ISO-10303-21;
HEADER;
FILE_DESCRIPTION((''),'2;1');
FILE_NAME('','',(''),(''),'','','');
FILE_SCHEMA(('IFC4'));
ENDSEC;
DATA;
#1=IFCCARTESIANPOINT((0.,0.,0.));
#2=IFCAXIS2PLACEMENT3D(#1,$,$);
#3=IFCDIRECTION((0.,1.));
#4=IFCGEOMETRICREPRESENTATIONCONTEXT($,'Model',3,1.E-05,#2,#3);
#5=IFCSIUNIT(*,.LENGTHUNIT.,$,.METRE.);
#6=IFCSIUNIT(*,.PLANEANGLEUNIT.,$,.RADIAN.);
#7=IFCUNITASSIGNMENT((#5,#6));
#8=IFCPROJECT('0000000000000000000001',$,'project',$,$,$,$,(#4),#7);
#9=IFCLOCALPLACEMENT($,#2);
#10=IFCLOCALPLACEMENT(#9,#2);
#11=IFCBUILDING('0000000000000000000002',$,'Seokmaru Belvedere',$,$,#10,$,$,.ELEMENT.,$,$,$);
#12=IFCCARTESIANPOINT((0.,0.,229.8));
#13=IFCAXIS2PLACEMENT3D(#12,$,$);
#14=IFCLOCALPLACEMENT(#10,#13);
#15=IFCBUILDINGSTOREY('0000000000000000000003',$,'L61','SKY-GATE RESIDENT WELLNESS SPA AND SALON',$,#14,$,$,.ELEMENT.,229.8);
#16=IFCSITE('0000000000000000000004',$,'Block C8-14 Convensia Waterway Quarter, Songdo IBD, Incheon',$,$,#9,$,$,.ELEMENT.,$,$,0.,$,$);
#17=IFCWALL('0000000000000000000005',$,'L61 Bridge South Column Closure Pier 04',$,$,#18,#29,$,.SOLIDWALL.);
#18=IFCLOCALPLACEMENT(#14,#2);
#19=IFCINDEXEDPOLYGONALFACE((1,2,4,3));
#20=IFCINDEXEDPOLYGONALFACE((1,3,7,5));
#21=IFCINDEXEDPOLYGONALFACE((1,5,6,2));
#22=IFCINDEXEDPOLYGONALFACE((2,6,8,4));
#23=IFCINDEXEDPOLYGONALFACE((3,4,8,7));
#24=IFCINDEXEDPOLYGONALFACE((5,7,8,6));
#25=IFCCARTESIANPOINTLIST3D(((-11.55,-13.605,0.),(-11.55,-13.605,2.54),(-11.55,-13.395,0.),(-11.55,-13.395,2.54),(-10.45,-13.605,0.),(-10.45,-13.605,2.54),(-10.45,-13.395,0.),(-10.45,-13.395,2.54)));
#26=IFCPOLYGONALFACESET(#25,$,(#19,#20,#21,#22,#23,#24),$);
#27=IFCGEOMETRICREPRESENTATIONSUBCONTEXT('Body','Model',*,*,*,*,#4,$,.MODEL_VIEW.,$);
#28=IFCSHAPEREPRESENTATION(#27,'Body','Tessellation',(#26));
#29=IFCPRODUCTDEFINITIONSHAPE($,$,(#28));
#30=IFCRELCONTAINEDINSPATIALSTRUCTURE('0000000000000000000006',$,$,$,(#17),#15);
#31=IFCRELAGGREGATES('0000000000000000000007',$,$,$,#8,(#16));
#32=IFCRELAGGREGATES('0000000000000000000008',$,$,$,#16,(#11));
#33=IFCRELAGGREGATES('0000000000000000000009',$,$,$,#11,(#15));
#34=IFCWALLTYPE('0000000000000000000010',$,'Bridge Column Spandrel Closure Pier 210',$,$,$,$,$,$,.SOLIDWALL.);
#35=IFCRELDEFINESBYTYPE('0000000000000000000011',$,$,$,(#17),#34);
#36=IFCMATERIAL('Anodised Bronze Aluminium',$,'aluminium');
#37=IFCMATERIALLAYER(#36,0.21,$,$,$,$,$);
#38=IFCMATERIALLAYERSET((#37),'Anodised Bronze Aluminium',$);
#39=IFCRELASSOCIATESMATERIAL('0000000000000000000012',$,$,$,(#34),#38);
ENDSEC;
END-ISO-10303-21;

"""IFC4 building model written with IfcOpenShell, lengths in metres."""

from ifc_helpers import new_model, si_unit, direction, frame, frame_2d, origin, place, context, subcontext, project, spatial, rectangle, extrude, material, layer, layer_set, type_object, element, save


model = new_model("IFC4")

# Units and contexts
model_context = context("Model", 3, precision=1e-05, world=origin(), true_north=direction((0.0, 1.0)))
body_context = subcontext(model_context, "Body", "Model", "MODEL_VIEW")
ifc_project = project(units=[si_unit("LENGTHUNIT", "METRE"), si_unit("PLANEANGLEUNIT", "RADIAN")], contexts=[model_context])

# Site, building, storey
site_placement = place(None, origin())
site = spatial("IfcSite", under=ifc_project, at=site_placement, Name="Block C8-14 Convensia Waterway Quarter, Songdo IBD, Incheon", CompositionType="ELEMENT", RefElevation=0.0)
building_placement = place(site_placement, origin())
building = spatial("IfcBuilding", under=site, at=building_placement, Name="Seokmaru Belvedere", CompositionType="ELEMENT")
storey_placement = place(building_placement, frame((0.0, 0.0, 229.8)))
storey = spatial("IfcBuildingStorey", under=building, at=storey_placement, Name="L61", Description="SKY-GATE RESIDENT WELLNESS SPA AND SALON", CompositionType="ELEMENT", Elevation=229.8)

# Shared definitions
ifc_material_1 = material(Name="Anodised Bronze Aluminium", Category="aluminium")

# Wall
ifc_layer_1 = layer(ifc_material_1, 0.21)
ifc_layer_set_1 = layer_set([ifc_layer_1], Name="Anodised Bronze Aluminium")
wall_type = type_object("IfcWallType", Name="Bridge Column Spandrel Closure Pier 210", PredefinedType="SOLIDWALL", material=ifc_layer_set_1)
for number, where, z_axis, x_axis, name in (
    (1, (-11.55, -13.5, 0.0), (0.0, 0.0, 1.0), (1.0, 0.0, 0.0), "L61 Bridge South Column Closure Pier 04"),
):
    element("IfcWall", number, at=place(storey_placement, frame(where, z_axis=z_axis, x_axis=x_axis)), inside=storey, type_object=wall_type, Name=name, PredefinedType="SOLIDWALL", context=body_context, shape_type="SweptSolid", body=[
        extrude(rectangle(XDim=1.1001, YDim=0.21, at=frame_2d((0.55, 0.0))), origin(), (0.0, 0.0, 1.0), 2.54),
    ])

save(model, "model.ifc")
